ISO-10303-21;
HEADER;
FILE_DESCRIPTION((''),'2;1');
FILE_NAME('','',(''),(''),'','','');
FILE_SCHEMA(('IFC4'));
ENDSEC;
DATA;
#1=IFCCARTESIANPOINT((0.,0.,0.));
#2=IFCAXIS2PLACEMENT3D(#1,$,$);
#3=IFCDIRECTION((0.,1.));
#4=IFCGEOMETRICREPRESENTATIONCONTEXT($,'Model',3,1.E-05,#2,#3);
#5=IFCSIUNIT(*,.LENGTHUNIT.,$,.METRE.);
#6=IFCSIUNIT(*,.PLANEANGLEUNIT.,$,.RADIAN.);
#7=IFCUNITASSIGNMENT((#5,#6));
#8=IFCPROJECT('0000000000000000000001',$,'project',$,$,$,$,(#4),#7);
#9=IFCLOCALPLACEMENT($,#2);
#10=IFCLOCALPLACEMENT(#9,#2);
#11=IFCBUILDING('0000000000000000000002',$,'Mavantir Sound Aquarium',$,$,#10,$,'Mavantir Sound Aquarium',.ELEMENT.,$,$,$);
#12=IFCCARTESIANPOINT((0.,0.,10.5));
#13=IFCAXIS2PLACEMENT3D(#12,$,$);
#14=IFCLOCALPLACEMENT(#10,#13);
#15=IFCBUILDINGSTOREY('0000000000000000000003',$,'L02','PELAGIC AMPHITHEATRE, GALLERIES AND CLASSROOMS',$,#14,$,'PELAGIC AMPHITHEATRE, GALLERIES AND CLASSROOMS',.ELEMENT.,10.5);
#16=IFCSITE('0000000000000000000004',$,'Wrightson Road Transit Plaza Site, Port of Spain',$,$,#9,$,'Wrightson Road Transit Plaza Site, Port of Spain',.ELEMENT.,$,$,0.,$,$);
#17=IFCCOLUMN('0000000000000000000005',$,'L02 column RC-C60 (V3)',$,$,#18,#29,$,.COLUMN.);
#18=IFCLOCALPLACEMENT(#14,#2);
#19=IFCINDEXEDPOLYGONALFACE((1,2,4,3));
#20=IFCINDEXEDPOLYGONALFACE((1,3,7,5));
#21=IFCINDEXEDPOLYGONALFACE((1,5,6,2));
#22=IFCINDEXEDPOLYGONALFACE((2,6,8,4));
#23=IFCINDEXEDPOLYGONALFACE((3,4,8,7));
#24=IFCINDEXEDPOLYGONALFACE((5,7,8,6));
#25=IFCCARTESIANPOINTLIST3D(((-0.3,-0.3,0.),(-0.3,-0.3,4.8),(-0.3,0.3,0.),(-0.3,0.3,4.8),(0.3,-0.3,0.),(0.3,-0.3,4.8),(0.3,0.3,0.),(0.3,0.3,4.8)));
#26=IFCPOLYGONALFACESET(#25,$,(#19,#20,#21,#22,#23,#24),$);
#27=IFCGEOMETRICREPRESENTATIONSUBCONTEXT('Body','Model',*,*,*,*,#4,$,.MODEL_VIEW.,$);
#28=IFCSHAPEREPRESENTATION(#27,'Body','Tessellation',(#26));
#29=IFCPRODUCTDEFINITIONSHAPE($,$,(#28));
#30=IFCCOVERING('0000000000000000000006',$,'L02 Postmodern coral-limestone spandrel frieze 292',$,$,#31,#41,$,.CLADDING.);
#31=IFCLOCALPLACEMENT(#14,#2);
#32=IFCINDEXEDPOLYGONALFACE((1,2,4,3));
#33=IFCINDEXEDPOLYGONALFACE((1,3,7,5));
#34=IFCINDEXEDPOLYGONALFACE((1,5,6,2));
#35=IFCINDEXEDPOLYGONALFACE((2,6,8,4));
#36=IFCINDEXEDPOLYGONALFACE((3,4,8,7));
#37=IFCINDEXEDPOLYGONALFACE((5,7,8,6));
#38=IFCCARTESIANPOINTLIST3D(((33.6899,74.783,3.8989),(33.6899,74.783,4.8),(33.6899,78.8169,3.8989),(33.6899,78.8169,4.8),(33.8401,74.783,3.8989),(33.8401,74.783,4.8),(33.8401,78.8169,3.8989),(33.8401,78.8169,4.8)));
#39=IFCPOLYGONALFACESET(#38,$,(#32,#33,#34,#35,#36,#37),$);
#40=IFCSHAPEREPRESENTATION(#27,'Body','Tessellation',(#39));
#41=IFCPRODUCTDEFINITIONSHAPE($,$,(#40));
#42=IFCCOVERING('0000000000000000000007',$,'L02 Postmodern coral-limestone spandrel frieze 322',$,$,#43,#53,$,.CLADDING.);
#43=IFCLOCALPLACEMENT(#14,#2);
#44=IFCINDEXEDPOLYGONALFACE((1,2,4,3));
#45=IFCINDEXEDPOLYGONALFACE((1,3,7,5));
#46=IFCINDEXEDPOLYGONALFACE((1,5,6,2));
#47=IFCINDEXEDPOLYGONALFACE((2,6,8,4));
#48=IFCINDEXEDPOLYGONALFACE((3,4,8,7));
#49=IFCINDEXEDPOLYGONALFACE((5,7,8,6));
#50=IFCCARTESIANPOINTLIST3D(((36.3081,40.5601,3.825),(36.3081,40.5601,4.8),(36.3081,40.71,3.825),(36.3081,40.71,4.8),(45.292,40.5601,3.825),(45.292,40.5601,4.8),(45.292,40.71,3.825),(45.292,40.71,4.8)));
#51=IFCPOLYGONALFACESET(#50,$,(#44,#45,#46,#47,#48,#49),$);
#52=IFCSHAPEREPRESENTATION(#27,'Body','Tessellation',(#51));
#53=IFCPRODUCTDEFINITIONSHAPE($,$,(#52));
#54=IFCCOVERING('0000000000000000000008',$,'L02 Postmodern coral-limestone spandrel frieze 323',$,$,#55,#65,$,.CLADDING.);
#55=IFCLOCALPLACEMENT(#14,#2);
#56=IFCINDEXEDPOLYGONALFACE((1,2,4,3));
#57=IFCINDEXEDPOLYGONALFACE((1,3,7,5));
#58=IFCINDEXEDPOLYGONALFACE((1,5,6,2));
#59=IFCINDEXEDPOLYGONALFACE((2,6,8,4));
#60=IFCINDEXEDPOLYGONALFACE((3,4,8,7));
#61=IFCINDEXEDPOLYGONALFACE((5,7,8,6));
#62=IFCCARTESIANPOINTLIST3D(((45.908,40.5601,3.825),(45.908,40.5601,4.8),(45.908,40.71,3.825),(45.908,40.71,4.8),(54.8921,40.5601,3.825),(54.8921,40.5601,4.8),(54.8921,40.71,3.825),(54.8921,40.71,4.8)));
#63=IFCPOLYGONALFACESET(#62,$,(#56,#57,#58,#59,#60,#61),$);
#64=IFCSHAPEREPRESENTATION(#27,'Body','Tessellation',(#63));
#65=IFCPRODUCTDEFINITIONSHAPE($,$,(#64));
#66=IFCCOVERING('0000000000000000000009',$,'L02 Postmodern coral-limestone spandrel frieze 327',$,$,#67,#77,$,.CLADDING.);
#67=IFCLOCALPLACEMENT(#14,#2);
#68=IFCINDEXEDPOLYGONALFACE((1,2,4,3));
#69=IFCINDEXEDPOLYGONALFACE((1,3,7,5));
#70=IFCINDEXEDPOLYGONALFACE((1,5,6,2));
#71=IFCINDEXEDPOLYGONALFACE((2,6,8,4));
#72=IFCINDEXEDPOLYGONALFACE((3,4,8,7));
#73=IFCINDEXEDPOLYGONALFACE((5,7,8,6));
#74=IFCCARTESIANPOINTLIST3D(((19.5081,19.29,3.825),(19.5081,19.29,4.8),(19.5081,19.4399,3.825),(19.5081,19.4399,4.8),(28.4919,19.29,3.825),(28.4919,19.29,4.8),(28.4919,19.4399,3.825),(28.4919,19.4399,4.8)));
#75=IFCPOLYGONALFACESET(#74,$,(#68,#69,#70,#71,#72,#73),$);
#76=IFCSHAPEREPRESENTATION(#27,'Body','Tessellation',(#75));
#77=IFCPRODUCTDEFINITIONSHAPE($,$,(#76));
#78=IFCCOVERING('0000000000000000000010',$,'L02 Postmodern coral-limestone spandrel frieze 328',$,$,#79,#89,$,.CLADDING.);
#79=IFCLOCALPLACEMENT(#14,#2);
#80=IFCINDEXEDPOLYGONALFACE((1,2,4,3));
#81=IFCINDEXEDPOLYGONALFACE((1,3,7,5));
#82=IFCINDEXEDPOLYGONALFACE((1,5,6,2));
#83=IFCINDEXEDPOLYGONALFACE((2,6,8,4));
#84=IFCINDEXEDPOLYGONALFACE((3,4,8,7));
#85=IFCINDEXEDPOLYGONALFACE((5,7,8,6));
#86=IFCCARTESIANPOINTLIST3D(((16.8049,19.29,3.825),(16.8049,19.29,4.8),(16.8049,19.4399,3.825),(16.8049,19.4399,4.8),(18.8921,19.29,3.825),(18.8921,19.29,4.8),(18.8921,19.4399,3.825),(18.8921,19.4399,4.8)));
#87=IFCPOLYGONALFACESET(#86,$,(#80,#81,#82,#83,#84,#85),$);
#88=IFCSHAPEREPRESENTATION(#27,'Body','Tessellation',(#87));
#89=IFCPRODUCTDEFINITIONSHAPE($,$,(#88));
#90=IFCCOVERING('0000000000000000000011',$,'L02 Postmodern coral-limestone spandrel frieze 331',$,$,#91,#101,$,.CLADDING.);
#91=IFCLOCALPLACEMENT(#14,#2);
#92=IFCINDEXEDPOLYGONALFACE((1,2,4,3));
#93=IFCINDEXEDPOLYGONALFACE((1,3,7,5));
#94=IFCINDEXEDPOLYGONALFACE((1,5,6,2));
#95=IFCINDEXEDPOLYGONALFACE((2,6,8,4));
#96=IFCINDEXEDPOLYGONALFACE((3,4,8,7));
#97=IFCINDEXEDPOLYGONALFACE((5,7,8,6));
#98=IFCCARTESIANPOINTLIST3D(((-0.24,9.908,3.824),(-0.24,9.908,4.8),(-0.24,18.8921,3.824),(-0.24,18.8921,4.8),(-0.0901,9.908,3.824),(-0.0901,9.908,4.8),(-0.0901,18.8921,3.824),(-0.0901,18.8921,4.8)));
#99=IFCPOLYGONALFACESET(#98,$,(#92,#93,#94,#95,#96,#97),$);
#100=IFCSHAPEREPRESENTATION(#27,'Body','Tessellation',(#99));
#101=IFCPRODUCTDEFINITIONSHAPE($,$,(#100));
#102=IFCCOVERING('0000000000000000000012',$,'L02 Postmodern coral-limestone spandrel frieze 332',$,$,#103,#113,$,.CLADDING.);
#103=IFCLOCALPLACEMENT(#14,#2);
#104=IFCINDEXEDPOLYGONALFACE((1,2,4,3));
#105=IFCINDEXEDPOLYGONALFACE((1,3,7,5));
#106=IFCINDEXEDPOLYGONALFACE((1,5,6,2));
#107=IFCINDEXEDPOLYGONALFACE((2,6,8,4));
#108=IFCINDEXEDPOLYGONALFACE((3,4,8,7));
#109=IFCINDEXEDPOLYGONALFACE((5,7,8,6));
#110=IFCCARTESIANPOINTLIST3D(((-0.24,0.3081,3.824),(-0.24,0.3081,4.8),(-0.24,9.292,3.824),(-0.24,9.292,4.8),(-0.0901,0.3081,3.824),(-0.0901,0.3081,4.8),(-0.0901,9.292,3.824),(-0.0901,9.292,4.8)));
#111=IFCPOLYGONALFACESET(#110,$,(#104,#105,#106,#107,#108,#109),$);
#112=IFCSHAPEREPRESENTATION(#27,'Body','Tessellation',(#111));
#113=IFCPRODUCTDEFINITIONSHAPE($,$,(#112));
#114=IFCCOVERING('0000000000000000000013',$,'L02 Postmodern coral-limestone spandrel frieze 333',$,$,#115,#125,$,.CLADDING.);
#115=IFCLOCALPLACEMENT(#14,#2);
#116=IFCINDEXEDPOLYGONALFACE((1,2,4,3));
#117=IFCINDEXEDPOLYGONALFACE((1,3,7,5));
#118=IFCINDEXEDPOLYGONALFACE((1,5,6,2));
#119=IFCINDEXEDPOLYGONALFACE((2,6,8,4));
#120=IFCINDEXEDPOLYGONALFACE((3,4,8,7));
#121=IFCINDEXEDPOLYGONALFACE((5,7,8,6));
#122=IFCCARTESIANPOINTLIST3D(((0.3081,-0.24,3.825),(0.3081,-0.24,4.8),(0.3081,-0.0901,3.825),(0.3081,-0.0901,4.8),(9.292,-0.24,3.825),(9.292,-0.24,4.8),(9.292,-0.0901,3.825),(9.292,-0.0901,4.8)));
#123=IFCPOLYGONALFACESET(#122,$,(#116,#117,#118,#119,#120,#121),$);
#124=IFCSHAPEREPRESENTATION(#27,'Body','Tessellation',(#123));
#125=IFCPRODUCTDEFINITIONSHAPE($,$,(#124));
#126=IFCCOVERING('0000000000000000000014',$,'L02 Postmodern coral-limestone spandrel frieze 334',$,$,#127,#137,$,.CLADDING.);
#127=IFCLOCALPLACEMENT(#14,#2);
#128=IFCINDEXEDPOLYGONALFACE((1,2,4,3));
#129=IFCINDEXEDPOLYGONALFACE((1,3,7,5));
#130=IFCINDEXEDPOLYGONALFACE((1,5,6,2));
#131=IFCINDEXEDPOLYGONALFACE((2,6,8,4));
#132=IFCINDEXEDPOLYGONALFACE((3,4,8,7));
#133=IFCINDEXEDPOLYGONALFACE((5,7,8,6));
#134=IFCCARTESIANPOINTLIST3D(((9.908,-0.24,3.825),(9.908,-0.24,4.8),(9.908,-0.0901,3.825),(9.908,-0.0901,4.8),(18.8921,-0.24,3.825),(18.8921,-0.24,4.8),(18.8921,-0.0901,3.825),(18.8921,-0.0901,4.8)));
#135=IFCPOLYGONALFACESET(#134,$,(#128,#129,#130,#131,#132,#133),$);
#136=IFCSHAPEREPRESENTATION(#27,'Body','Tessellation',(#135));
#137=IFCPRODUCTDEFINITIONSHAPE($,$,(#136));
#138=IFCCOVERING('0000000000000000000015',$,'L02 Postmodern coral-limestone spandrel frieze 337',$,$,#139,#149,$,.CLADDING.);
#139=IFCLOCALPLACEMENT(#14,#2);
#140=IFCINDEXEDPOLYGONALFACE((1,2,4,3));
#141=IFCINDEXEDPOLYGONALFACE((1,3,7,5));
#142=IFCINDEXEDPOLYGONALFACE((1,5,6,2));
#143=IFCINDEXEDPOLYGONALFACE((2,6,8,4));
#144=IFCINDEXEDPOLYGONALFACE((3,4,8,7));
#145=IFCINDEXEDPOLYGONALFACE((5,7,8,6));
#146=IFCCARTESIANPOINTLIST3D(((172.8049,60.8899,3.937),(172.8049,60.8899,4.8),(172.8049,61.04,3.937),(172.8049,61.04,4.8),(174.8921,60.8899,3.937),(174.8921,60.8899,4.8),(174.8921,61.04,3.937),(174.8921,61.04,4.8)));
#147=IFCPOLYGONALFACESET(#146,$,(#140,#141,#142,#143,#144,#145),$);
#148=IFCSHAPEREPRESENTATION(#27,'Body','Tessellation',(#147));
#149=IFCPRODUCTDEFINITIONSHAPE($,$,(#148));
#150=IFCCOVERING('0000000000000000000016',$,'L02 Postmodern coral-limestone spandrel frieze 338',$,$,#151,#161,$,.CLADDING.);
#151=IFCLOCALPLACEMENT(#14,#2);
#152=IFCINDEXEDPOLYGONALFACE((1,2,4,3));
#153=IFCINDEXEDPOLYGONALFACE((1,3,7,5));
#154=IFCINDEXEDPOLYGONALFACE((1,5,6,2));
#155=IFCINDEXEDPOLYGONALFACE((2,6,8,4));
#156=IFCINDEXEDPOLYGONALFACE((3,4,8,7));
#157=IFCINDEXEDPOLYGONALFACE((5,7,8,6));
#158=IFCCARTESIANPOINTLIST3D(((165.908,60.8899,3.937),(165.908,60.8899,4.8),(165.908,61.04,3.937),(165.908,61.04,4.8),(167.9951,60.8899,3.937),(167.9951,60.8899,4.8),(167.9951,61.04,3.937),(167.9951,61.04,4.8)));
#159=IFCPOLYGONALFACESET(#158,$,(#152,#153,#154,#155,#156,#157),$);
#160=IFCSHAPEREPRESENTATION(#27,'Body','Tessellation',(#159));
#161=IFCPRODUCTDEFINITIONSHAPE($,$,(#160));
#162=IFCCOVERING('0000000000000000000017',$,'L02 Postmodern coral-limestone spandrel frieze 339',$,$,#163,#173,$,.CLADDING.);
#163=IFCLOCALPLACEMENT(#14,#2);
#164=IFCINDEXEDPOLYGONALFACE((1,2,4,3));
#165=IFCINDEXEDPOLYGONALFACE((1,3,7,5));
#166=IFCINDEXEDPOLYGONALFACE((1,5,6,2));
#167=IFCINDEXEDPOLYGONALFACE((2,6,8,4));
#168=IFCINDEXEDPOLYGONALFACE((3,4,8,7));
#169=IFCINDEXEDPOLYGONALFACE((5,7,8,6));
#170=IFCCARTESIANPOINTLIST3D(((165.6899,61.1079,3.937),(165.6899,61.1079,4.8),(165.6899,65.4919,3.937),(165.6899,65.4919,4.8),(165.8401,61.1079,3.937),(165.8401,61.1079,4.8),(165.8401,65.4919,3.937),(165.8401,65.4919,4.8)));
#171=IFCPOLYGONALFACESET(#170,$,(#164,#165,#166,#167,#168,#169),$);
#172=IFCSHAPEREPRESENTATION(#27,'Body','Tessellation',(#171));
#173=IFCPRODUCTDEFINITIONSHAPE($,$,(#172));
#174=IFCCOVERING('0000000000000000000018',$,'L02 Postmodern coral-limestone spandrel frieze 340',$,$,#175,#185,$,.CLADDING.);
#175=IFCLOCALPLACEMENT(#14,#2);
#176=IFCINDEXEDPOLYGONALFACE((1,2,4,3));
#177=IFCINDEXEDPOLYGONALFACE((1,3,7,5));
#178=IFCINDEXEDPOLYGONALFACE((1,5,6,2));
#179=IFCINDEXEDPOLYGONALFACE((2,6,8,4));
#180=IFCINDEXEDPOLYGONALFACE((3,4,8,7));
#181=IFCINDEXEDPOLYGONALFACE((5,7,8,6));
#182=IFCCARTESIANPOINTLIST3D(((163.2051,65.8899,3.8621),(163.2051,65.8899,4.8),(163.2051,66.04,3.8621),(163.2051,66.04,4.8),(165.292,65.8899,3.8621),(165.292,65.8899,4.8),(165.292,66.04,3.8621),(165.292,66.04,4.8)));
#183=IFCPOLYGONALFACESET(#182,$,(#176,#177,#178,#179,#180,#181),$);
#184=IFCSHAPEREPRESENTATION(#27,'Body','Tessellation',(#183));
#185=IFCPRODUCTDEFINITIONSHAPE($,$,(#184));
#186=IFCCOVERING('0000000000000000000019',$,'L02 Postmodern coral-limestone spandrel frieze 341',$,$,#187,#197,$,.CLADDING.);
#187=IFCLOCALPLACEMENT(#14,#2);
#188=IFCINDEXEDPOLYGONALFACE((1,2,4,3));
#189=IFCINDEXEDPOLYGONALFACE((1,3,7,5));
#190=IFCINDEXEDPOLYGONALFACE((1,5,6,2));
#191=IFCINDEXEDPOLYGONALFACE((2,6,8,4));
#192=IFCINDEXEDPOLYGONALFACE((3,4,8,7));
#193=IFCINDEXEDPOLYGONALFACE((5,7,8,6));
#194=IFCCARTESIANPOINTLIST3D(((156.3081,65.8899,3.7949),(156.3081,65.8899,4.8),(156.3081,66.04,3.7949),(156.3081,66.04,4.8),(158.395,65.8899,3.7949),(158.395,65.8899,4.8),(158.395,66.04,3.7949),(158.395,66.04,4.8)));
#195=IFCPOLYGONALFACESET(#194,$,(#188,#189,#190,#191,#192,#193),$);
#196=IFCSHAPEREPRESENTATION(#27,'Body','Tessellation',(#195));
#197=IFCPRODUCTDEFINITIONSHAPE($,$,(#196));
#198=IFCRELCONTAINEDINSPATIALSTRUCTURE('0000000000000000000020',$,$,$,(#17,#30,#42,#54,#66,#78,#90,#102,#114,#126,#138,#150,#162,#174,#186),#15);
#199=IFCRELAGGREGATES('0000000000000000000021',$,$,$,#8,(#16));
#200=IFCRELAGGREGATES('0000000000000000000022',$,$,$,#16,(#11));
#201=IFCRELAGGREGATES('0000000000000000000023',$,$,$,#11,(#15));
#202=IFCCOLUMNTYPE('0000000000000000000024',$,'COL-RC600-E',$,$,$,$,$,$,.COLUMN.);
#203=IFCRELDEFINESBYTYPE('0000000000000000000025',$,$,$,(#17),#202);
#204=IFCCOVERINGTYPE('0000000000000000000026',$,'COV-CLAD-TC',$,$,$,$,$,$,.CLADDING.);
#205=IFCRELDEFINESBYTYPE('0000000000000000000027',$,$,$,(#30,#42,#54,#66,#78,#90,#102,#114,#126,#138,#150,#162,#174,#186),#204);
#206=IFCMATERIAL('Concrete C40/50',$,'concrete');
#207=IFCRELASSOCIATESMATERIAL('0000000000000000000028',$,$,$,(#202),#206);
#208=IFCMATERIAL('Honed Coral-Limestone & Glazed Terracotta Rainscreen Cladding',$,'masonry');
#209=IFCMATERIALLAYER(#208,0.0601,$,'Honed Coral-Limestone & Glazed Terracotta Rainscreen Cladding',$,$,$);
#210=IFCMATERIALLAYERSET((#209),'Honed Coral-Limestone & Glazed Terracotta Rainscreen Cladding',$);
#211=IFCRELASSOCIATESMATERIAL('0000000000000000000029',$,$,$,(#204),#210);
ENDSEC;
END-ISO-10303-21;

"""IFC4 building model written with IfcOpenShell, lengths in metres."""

from ifc_helpers import new_model, si_unit, direction, frame, origin, origin_with_axes, origin_2d, place, context, subcontext, project, spatial, polyline, rectangle, outline, extrude, material, layer, layer_set, material_profile, profile_set, type_object, element, save


model = new_model("IFC4")

# Units and contexts
model_context = context("Model", 3, precision=1e-05, world=origin(), true_north=direction((0.0, 1.0)))
body_context = subcontext(model_context, "Body", "Model", "MODEL_VIEW")
ifc_project = project(units=[si_unit("LENGTHUNIT", "METRE"), si_unit("PLANEANGLEUNIT", "RADIAN")], contexts=[model_context])

# Site, building, storey
site_placement = place(None, origin())
site = spatial("IfcSite", under=ifc_project, at=site_placement, Name="Wrightson Road Transit Plaza Site, Port of Spain", LongName="Wrightson Road Transit Plaza Site, Port of Spain", CompositionType="ELEMENT", RefElevation=0.0)
building_placement = place(site_placement, origin())
building = spatial("IfcBuilding", under=site, at=building_placement, Name="Mavantir Sound Aquarium", LongName="Mavantir Sound Aquarium", CompositionType="ELEMENT")
storey_placement = place(building_placement, frame((0.0, 0.0, 10.5)))
storey = spatial("IfcBuildingStorey", under=building, at=storey_placement, Name="L02", Description="PELAGIC AMPHITHEATRE, GALLERIES AND CLASSROOMS", LongName="PELAGIC AMPHITHEATRE, GALLERIES AND CLASSROOMS", CompositionType="ELEMENT", Elevation=10.5)

# Column
ifc_material_1 = material(Name="Concrete C40/50", Category="concrete")
ifc_material_profile = material_profile(ifc_material_1, rectangle(XDim=0.6001, YDim=0.6001, at=origin_2d()), Name="RC 600X600")
ifc_profile_set = profile_set([ifc_material_profile], Name="Concrete C40/50")
column_type = type_object("IfcColumnType", Name="COL-RC600-E", PredefinedType="COLUMN", material=ifc_profile_set)
column_placement = place(storey_placement, origin_with_axes())
element("IfcColumn", 1, at=column_placement, inside=storey, type_object=column_type, Name="L02 column RC-C60 (V3)", PredefinedType="COLUMN", context=body_context, shape_type="SweptSolid", body=[
    extrude(rectangle(XDim=0.6001, YDim=0.6001, at=origin_2d()), origin(), (0.0, 0.0, 1.0), 4.8),
])

# Coverings
ifc_material_2 = material(Name="Honed Coral-Limestone & Glazed Terracotta Rainscreen Cladding", Category="masonry")
ifc_layer = layer(ifc_material_2, 0.0601, Name="Honed Coral-Limestone & Glazed Terracotta Rainscreen Cladding")
ifc_layer_set = layer_set([ifc_layer], Name="Honed Coral-Limestone & Glazed Terracotta Rainscreen Cladding")
covering_type = type_object("IfcCoveringType", Name="COV-CLAD-TC", PredefinedType="CLADDING", material=ifc_layer_set)
covering_1_placement = place(storey_placement, frame((0.0, 0.0, 3.8989)))
element("IfcCovering", 2, at=covering_1_placement, inside=storey, type_object=covering_type, Name="L02 Postmodern coral-limestone spandrel frieze 292", PredefinedType="CLADDING", context=body_context, shape_type="SweptSolid", body=[
    extrude(outline(polyline([(33.6899, 74.783), (33.6899, 78.8169), (33.8401, 78.8169), (33.8401, 74.783), (33.6899, 74.783)])), origin(), (0.0, 0.0, 1.0), 0.9011),
])
covering_2_placement = place(storey_placement, frame((0.0, 0.0, 3.825)))
element("IfcCovering", 3, at=covering_2_placement, inside=storey, type_object=covering_type, Name="L02 Postmodern coral-limestone spandrel frieze 322", PredefinedType="CLADDING", context=body_context, shape_type="SweptSolid", body=[
    extrude(outline(polyline([(36.3081, 40.71), (45.292, 40.71), (45.292, 40.5601), (36.3081, 40.5601), (36.3081, 40.71)])), origin(), (0.0, 0.0, 1.0), 0.9751),
])
covering_3_placement = place(storey_placement, frame((0.0, 0.0, 3.825)))
element("IfcCovering", 4, at=covering_3_placement, inside=storey, type_object=covering_type, Name="L02 Postmodern coral-limestone spandrel frieze 323", PredefinedType="CLADDING", context=body_context, shape_type="SweptSolid", body=[
    extrude(outline(polyline([(45.908, 40.71), (54.8921, 40.71), (54.8921, 40.5601), (45.908, 40.5601), (45.908, 40.71)])), origin(), (0.0, 0.0, 1.0), 0.9751),
])
covering_4_placement = place(storey_placement, frame((0.0, 0.0, 3.825)))
element("IfcCovering", 5, at=covering_4_placement, inside=storey, type_object=covering_type, Name="L02 Postmodern coral-limestone spandrel frieze 327", PredefinedType="CLADDING", context=body_context, shape_type="SweptSolid", body=[
    extrude(outline(polyline([(28.4919, 19.29), (19.5081, 19.29), (19.5081, 19.4399), (28.4919, 19.4399), (28.4919, 19.29)])), origin(), (0.0, 0.0, 1.0), 0.9751),
])
covering_5_placement = place(storey_placement, frame((0.0, 0.0, 3.825)))
element("IfcCovering", 6, at=covering_5_placement, inside=storey, type_object=covering_type, Name="L02 Postmodern coral-limestone spandrel frieze 328", PredefinedType="CLADDING", context=body_context, shape_type="SweptSolid", body=[
    extrude(outline(polyline([(18.8921, 19.29), (16.8049, 19.29), (16.8049, 19.4399), (18.8921, 19.4399), (18.8921, 19.29)])), origin(), (0.0, 0.0, 1.0), 0.9751),
])
covering_6_placement = place(storey_placement, frame((0.0, 0.0, 3.824)))
element("IfcCovering", 7, at=covering_6_placement, inside=storey, type_object=covering_type, Name="L02 Postmodern coral-limestone spandrel frieze 331", PredefinedType="CLADDING", context=body_context, shape_type="SweptSolid", body=[
    extrude(outline(polyline([(-0.0901, 18.8921), (-0.0901, 9.908), (-0.24, 9.908), (-0.24, 18.8921), (-0.0901, 18.8921)])), origin(), (0.0, 0.0, 1.0), 0.9761),
])
covering_7_placement = place(storey_placement, frame((0.0, 0.0, 3.824)))
element("IfcCovering", 8, at=covering_7_placement, inside=storey, type_object=covering_type, Name="L02 Postmodern coral-limestone spandrel frieze 332", PredefinedType="CLADDING", context=body_context, shape_type="SweptSolid", body=[
    extrude(outline(polyline([(-0.0901, 9.292), (-0.0901, 0.3081), (-0.24, 0.3081), (-0.24, 9.292), (-0.0901, 9.292)])), origin(), (0.0, 0.0, 1.0), 0.9761),
])
covering_8_placement = place(storey_placement, frame((0.0, 0.0, 3.825)))
element("IfcCovering", 9, at=covering_8_placement, inside=storey, type_object=covering_type, Name="L02 Postmodern coral-limestone spandrel frieze 333", PredefinedType="CLADDING", context=body_context, shape_type="SweptSolid", body=[
    extrude(outline(polyline([(0.3081, -0.0901), (9.292, -0.0901), (9.292, -0.24), (0.3081, -0.24), (0.3081, -0.0901)])), origin(), (0.0, 0.0, 1.0), 0.9751),
])
covering_9_placement = place(storey_placement, frame((0.0, 0.0, 3.825)))
element("IfcCovering", 10, at=covering_9_placement, inside=storey, type_object=covering_type, Name="L02 Postmodern coral-limestone spandrel frieze 334", PredefinedType="CLADDING", context=body_context, shape_type="SweptSolid", body=[
    extrude(outline(polyline([(9.908, -0.0901), (18.8921, -0.0901), (18.8921, -0.24), (9.908, -0.24), (9.908, -0.0901)])), origin(), (0.0, 0.0, 1.0), 0.9751),
])
covering_10_placement = place(storey_placement, frame((0.0, 0.0, 3.937)))
element("IfcCovering", 11, at=covering_10_placement, inside=storey, type_object=covering_type, Name="L02 Postmodern coral-limestone spandrel frieze 337", PredefinedType="CLADDING", context=body_context, shape_type="SweptSolid", body=[
    extrude(outline(polyline([(174.8921, 60.8899), (172.8049, 60.8899), (172.8049, 61.04), (174.8921, 61.04), (174.8921, 60.8899)])), origin(), (0.0, 0.0, 1.0), 0.863),
])
covering_11_placement = place(storey_placement, frame((0.0, 0.0, 3.937)))
element("IfcCovering", 12, at=covering_11_placement, inside=storey, type_object=covering_type, Name="L02 Postmodern coral-limestone spandrel frieze 338", PredefinedType="CLADDING", context=body_context, shape_type="SweptSolid", body=[
    extrude(outline(polyline([(167.9951, 60.8899), (165.908, 60.8899), (165.908, 61.04), (167.9951, 61.04), (167.9951, 60.8899)])), origin(), (0.0, 0.0, 1.0), 0.863),
])
covering_12_placement = place(storey_placement, frame((0.0, 0.0, 3.937)))
element("IfcCovering", 13, at=covering_12_placement, inside=storey, type_object=covering_type, Name="L02 Postmodern coral-limestone spandrel frieze 339", PredefinedType="CLADDING", context=body_context, shape_type="SweptSolid", body=[
    extrude(outline(polyline([(165.6899, 61.1079), (165.6899, 65.4919), (165.8401, 65.4919), (165.8401, 61.1079), (165.6899, 61.1079)])), origin(), (0.0, 0.0, 1.0), 0.863),
])
covering_13_placement = place(storey_placement, frame((0.0, 0.0, 3.8621)))
element("IfcCovering", 14, at=covering_13_placement, inside=storey, type_object=covering_type, Name="L02 Postmodern coral-limestone spandrel frieze 340", PredefinedType="CLADDING", context=body_context, shape_type="SweptSolid", body=[
    extrude(outline(polyline([(165.292, 65.8899), (163.2051, 65.8899), (163.2051, 66.04), (165.292, 66.04), (165.292, 65.8899)])), origin(), (0.0, 0.0, 1.0), 0.938),
])
covering_14_placement = place(storey_placement, frame((0.0, 0.0, 3.7949)))
element("IfcCovering", 15, at=covering_14_placement, inside=storey, type_object=covering_type, Name="L02 Postmodern coral-limestone spandrel frieze 341", PredefinedType="CLADDING", context=body_context, shape_type="SweptSolid", body=[
    extrude(outline(polyline([(158.395, 65.8899), (156.3081, 65.8899), (156.3081, 66.04), (158.395, 66.04), (158.395, 65.8899)])), origin(), (0.0, 0.0, 1.0), 1.0051),
])

save(model, "model.ifc")
